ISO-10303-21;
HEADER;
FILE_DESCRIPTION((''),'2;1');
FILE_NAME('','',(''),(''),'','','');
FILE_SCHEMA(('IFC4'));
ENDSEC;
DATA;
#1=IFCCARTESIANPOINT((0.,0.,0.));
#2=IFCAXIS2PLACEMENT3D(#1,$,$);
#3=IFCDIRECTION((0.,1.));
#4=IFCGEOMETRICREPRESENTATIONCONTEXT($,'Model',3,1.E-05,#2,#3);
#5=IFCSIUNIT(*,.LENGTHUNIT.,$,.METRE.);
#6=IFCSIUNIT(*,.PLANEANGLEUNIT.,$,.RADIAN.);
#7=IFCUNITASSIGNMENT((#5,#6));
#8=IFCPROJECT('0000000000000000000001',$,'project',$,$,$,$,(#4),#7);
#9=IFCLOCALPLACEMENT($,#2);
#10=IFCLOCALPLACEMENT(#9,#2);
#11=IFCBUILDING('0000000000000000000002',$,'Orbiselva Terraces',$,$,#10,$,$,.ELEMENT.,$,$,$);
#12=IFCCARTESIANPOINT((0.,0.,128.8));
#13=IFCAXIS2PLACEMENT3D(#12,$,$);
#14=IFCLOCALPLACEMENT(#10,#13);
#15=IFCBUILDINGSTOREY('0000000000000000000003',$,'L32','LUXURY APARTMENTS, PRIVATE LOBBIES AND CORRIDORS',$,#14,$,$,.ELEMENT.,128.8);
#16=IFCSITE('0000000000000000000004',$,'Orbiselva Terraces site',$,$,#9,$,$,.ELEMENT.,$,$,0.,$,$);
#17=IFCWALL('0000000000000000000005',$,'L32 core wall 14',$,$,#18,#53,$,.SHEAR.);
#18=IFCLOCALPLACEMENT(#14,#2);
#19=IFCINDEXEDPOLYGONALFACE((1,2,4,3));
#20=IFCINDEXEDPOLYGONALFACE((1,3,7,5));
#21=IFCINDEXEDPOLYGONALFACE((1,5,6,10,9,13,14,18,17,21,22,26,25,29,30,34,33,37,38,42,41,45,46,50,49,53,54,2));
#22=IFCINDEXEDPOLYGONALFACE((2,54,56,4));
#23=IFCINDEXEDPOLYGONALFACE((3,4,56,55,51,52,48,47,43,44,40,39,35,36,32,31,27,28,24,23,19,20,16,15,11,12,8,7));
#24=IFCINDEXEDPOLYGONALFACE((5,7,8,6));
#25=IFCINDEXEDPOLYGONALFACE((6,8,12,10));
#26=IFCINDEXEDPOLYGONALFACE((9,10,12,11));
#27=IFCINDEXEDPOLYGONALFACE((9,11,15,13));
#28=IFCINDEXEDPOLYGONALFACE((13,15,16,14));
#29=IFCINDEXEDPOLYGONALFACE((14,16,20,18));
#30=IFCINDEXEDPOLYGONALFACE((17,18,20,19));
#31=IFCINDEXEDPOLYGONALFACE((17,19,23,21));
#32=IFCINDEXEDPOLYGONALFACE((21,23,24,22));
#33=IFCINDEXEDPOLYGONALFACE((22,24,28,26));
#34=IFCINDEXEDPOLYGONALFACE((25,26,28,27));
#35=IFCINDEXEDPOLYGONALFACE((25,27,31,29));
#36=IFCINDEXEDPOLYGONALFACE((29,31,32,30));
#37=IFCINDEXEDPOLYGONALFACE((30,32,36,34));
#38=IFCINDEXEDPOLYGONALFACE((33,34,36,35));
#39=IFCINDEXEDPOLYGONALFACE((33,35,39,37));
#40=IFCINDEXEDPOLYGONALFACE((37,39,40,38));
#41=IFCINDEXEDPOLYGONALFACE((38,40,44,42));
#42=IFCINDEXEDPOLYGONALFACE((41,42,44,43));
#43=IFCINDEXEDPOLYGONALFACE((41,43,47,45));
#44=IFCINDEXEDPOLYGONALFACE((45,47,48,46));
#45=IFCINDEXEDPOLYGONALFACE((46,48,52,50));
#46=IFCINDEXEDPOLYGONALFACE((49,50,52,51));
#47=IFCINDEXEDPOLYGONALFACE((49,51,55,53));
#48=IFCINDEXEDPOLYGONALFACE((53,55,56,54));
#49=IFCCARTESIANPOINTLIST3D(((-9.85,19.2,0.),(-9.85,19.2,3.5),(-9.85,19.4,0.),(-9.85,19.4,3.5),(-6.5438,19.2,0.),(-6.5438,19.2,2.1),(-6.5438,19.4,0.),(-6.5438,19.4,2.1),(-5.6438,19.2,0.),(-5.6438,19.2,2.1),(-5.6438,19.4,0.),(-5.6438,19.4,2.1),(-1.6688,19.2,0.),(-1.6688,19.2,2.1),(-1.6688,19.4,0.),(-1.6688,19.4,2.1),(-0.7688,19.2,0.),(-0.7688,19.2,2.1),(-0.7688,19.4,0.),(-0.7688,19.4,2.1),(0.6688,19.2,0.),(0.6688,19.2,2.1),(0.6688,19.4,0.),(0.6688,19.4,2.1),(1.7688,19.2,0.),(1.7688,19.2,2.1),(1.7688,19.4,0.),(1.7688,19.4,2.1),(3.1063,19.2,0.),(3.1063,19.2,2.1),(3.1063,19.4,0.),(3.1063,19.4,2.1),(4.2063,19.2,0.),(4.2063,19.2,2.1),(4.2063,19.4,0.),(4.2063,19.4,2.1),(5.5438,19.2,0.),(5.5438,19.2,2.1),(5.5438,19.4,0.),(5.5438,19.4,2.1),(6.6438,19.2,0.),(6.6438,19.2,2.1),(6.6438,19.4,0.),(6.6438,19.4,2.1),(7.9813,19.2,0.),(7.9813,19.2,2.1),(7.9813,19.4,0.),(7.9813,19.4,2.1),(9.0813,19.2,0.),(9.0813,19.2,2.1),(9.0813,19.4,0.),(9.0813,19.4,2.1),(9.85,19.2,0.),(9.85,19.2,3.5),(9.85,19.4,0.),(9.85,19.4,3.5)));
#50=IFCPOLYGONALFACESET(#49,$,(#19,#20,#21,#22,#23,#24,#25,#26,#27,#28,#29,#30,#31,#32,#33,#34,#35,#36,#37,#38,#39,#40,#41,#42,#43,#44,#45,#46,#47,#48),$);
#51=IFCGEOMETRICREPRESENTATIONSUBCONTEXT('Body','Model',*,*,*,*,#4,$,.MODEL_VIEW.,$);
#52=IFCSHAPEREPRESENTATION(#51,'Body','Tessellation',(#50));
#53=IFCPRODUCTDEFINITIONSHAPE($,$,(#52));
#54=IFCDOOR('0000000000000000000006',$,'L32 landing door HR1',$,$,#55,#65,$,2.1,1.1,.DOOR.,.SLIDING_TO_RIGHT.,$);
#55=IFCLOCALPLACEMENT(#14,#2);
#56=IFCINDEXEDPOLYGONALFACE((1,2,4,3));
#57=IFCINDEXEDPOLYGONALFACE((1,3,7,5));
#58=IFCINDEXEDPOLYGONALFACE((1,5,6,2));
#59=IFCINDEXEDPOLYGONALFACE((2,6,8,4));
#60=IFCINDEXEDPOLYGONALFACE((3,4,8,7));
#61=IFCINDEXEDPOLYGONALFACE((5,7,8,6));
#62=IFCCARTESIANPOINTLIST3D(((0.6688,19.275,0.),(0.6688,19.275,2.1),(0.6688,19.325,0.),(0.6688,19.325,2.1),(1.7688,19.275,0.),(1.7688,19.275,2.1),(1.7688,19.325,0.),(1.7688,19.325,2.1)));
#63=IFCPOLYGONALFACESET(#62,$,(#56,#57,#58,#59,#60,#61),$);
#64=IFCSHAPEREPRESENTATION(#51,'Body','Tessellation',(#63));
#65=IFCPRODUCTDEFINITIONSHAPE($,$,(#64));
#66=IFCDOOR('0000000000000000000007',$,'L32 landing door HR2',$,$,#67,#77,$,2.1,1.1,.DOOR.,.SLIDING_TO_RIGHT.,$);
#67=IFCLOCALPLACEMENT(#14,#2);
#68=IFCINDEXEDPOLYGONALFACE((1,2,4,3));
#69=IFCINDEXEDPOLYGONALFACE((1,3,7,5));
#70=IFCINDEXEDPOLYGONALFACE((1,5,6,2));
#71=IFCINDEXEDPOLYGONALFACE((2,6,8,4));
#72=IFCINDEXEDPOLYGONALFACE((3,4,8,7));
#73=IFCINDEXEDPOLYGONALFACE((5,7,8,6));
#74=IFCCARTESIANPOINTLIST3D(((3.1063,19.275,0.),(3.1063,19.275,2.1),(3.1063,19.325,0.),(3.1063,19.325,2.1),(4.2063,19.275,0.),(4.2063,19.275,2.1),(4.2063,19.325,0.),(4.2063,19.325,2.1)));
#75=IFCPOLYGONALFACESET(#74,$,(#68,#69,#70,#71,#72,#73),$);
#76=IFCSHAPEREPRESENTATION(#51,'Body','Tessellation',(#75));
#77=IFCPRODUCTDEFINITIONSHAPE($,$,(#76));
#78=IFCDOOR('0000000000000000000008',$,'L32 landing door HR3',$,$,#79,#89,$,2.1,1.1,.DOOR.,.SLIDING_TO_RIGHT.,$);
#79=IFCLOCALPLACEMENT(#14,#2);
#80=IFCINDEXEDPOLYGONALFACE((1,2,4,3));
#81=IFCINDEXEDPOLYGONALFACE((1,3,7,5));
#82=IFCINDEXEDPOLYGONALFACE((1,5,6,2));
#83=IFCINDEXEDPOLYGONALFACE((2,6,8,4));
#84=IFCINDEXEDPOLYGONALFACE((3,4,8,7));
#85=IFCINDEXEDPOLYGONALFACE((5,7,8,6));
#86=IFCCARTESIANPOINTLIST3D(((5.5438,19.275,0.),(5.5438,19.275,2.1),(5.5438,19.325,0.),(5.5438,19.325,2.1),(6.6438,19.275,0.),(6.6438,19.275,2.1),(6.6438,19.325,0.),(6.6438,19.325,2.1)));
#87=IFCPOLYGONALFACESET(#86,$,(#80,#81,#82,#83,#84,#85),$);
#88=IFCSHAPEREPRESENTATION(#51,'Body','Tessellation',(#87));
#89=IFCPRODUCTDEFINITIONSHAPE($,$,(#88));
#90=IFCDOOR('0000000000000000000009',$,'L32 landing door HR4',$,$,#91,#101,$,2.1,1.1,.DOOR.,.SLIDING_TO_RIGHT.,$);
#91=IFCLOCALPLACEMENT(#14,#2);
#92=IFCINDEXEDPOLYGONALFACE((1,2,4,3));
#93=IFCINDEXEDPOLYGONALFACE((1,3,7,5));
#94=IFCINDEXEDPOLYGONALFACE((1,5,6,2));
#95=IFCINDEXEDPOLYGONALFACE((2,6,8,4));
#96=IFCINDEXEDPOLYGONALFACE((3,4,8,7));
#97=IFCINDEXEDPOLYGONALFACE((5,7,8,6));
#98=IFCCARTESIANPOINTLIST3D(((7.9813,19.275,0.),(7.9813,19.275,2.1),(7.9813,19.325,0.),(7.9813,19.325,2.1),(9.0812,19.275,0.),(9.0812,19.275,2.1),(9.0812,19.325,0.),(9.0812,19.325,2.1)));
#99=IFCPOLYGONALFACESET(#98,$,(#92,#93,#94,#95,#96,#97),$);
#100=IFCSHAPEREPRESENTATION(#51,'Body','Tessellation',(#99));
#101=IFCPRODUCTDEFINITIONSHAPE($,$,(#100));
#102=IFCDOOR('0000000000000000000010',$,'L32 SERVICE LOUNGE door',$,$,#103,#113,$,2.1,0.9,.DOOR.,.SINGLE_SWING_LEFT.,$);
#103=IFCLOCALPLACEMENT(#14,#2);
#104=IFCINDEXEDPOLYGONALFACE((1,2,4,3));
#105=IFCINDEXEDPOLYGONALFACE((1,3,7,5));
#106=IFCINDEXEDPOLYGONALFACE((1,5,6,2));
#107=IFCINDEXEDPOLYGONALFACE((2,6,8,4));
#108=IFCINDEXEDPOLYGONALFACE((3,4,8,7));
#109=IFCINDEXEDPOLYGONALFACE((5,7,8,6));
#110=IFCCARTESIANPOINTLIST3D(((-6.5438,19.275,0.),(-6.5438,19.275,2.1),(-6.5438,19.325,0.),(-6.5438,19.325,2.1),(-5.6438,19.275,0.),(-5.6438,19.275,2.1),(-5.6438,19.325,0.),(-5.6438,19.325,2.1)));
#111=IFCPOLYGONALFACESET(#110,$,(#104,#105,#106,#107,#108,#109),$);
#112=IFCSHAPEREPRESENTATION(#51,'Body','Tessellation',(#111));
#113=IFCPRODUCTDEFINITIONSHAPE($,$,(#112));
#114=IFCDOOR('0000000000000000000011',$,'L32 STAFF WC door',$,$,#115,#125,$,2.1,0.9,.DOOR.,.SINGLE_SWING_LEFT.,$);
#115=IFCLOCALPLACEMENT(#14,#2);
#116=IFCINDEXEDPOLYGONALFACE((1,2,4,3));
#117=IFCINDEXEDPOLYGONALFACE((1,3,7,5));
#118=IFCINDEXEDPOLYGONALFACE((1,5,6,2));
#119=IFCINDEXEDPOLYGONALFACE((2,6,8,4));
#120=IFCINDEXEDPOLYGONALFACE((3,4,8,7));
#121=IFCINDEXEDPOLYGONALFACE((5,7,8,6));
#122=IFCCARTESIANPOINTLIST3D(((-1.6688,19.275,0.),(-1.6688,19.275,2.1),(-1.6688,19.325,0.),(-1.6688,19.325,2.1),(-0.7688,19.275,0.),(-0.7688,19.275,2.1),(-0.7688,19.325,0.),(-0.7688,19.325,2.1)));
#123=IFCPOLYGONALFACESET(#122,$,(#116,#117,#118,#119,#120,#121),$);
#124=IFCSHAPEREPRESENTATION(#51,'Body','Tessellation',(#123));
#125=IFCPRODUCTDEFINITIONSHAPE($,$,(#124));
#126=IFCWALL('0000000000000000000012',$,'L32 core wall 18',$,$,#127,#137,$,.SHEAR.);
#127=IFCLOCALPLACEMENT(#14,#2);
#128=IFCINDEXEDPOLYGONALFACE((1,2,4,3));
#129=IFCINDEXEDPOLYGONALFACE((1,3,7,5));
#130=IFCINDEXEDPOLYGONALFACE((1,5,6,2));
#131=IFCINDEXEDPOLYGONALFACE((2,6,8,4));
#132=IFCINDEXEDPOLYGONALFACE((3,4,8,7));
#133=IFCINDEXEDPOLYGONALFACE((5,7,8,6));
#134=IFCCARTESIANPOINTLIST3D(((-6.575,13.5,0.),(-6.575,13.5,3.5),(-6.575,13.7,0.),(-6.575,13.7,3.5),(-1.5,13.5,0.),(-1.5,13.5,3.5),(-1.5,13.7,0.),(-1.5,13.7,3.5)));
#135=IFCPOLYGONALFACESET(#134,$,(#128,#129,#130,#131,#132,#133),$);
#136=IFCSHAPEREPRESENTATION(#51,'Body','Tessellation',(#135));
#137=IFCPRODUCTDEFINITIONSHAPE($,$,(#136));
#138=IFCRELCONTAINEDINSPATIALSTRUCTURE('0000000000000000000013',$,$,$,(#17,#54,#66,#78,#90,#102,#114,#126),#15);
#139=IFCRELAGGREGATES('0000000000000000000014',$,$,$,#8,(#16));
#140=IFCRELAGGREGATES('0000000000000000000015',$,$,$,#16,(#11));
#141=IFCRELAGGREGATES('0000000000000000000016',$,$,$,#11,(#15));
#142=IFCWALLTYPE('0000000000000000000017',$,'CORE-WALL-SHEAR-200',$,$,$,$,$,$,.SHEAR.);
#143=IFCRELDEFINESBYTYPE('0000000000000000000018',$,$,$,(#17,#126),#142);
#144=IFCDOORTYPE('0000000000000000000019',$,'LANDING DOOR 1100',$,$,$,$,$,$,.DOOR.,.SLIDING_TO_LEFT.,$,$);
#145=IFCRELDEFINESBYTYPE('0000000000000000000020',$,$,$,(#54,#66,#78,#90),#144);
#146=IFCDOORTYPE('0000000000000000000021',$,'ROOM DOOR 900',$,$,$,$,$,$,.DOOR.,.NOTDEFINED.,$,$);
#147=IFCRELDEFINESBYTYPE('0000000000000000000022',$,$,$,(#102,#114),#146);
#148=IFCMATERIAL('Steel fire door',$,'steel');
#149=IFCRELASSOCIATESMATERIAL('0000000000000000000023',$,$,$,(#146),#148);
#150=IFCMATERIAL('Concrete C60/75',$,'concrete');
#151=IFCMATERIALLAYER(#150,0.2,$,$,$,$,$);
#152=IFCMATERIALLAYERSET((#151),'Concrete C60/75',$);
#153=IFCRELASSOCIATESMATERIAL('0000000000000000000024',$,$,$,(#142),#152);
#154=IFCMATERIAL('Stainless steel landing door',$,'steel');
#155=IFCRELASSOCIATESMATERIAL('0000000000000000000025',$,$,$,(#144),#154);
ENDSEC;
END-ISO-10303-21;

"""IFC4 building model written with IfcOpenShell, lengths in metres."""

from ifc_helpers import new_model, si_unit, direction, frame, frame_2d, origin, place, context, subcontext, project, spatial, rectangle, extrude, material, layer, layer_set, type_object, element, fill, save


model = new_model("IFC4")

# Units and contexts
model_context = context("Model", 3, precision=1e-05, world=origin(), true_north=direction((0.0, 1.0)))
body_context = subcontext(model_context, "Body", "Model", "MODEL_VIEW")
ifc_project = project(units=[si_unit("LENGTHUNIT", "METRE"), si_unit("PLANEANGLEUNIT", "RADIAN")], contexts=[model_context])

# Site, building, storey
site_placement = place(None, origin())
site = spatial("IfcSite", under=ifc_project, at=site_placement, Name="Orbiselva Terraces site", CompositionType="ELEMENT", RefElevation=0.0)
building_placement = place(site_placement, origin())
building = spatial("IfcBuilding", under=site, at=building_placement, Name="Orbiselva Terraces", CompositionType="ELEMENT")
storey_placement = place(building_placement, frame((0.0, 0.0, 128.8)))
storey = spatial("IfcBuildingStorey", under=building, at=storey_placement, Name="L32", Description="LUXURY APARTMENTS, PRIVATE LOBBIES AND CORRIDORS", CompositionType="ELEMENT", Elevation=128.8)

# Shared definitions
ifc_material_1 = material(Name="Steel fire door", Category="steel")
door_type_1 = type_object("IfcDoorType", Name="ROOM DOOR 900", OperationType="NOTDEFINED", PredefinedType="DOOR", material=ifc_material_1)

# Shared definitions
ifc_material_2 = material(Name="Concrete C60/75", Category="concrete")
ifc_layer_1 = layer(ifc_material_2, 0.2)
ifc_layer_set_1 = layer_set([ifc_layer_1], Name="Concrete C60/75")
wall_type_1 = type_object("IfcWallType", Name="CORE-WALL-SHEAR-200", PredefinedType="SHEAR", material=ifc_layer_set_1)

# Wall, openings, doors
wall_1_placement = place(storey_placement, frame((-9.85, 19.3, 0.0), z_axis=(0.0, 0.0, 1.0), x_axis=(1.0, 0.0, 0.0)))
wall_1 = element("IfcWall", 1, at=wall_1_placement, inside=storey, type_object=wall_type_1, Name="L32 core wall 14", PredefinedType="SHEAR", context=body_context, shape_type="SweptSolid", body=[
    extrude(rectangle(XDim=19.7, YDim=0.2, at=frame_2d((9.85, 0.0))), origin(), (0.0, 0.0, 1.0), 3.5),
])
opening_1_placement = place(wall_1_placement, frame((10.5188, 0.0, 0.0)))
opening_1 = element("IfcOpeningElement", 2, at=opening_1_placement, cuts=wall_1, PredefinedType="OPENING", context=body_context, shape_type="SweptSolid", body=[
    extrude(rectangle(XDim=1.1, YDim=2.1, at=frame_2d((0.55, 1.05))), frame((0.0, 0.11, 0.0), z_axis=(0.0, -1.0, 0.0), x_axis=(1.0, 0.0, 0.0)), (0.0, 0.0, 1.0), 0.22),
])
opening_2_placement = place(wall_1_placement, frame((12.9563, 0.0, 0.0)))
opening_2 = element("IfcOpeningElement", 3, at=opening_2_placement, cuts=wall_1, PredefinedType="OPENING", context=body_context, shape_type="SweptSolid", body=[
    extrude(rectangle(XDim=1.1, YDim=2.1, at=frame_2d((0.55, 1.05))), frame((0.0, 0.11, 0.0), z_axis=(0.0, -1.0, 0.0), x_axis=(1.0, 0.0, 0.0)), (0.0, 0.0, 1.0), 0.22),
])
opening_3_placement = place(wall_1_placement, frame((15.3938, 0.0, 0.0)))
opening_3 = element("IfcOpeningElement", 4, at=opening_3_placement, cuts=wall_1, PredefinedType="OPENING", context=body_context, shape_type="SweptSolid", body=[
    extrude(rectangle(XDim=1.1, YDim=2.1, at=frame_2d((0.55, 1.05))), frame((0.0, 0.11, 0.0), z_axis=(0.0, -1.0, 0.0), x_axis=(1.0, 0.0, 0.0)), (0.0, 0.0, 1.0), 0.22),
])
opening_4_placement = place(wall_1_placement, frame((17.8313, 0.0, 0.0)))
opening_4 = element("IfcOpeningElement", 5, at=opening_4_placement, cuts=wall_1, PredefinedType="OPENING", context=body_context, shape_type="SweptSolid", body=[
    extrude(rectangle(XDim=1.1, YDim=2.1, at=frame_2d((0.55, 1.05))), frame((0.0, 0.11, 0.0), z_axis=(0.0, -1.0, 0.0), x_axis=(1.0, 0.0, 0.0)), (0.0, 0.0, 1.0), 0.22),
])
opening_5_placement = place(wall_1_placement, frame((3.3062, 0.0, 0.0)))
opening_5 = element("IfcOpeningElement", 6, at=opening_5_placement, cuts=wall_1, PredefinedType="OPENING", context=body_context, shape_type="SweptSolid", body=[
    extrude(rectangle(XDim=0.9, YDim=2.1, at=frame_2d((0.45, 1.05))), frame((0.0, 0.11, 0.0), z_axis=(0.0, -1.0, 0.0), x_axis=(1.0, 0.0, 0.0)), (0.0, 0.0, 1.0), 0.22),
])
opening_6_placement = place(wall_1_placement, frame((8.1812, 0.0, 0.0)))
opening_6 = element("IfcOpeningElement", 7, at=opening_6_placement, cuts=wall_1, PredefinedType="OPENING", context=body_context, shape_type="SweptSolid", body=[
    extrude(rectangle(XDim=0.9, YDim=2.1, at=frame_2d((0.45, 1.05))), frame((0.0, 0.11, 0.0), z_axis=(0.0, -1.0, 0.0), x_axis=(1.0, 0.0, 0.0)), (0.0, 0.0, 1.0), 0.22),
])
ifc_material_3 = material(Name="Stainless steel landing door", Category="steel")
door_type_2 = type_object("IfcDoorType", Name="LANDING DOOR 1100", OperationType="SLIDING_TO_LEFT", PredefinedType="DOOR", material=ifc_material_3)
door_1_placement = place(opening_1_placement, origin())
door_1 = element("IfcDoor", 8, at=door_1_placement, inside=storey, type_object=door_type_2, Name="L32 landing door HR1", OperationType="SLIDING_TO_RIGHT", OverallHeight=2.1, OverallWidth=1.1, PredefinedType="DOOR", context=body_context, shape_type="SweptSolid", body=[
    extrude(rectangle(XDim=1.1, YDim=2.1, at=frame_2d((0.55, 1.05))), frame((0.0, 0.025, 0.0), z_axis=(0.0, -1.0, 0.0), x_axis=(1.0, 0.0, 0.0)), (0.0, 0.0, 1.0), 0.05),
])
fill(opening_1, door_1)
door_2_placement = place(opening_2_placement, origin())
door_2 = element("IfcDoor", 9, at=door_2_placement, inside=storey, type_object=door_type_2, Name="L32 landing door HR2", OperationType="SLIDING_TO_RIGHT", OverallHeight=2.1, OverallWidth=1.1, PredefinedType="DOOR", context=body_context, shape_type="SweptSolid", body=[
    extrude(rectangle(XDim=1.1, YDim=2.1, at=frame_2d((0.55, 1.05))), frame((0.0, 0.025, 0.0), z_axis=(0.0, -1.0, 0.0), x_axis=(1.0, 0.0, 0.0)), (0.0, 0.0, 1.0), 0.05),
])
fill(opening_2, door_2)
door_3_placement = place(opening_3_placement, origin())
door_3 = element("IfcDoor", 10, at=door_3_placement, inside=storey, type_object=door_type_2, Name="L32 landing door HR3", OperationType="SLIDING_TO_RIGHT", OverallHeight=2.1, OverallWidth=1.1, PredefinedType="DOOR", context=body_context, shape_type="SweptSolid", body=[
    extrude(rectangle(XDim=1.1, YDim=2.1, at=frame_2d((0.55, 1.05))), frame((0.0, 0.025, 0.0), z_axis=(0.0, -1.0, 0.0), x_axis=(1.0, 0.0, 0.0)), (0.0, 0.0, 1.0), 0.05),
])
fill(opening_3, door_3)
door_4_placement = place(opening_4_placement, origin())
door_4 = element("IfcDoor", 11, at=door_4_placement, inside=storey, type_object=door_type_2, Name="L32 landing door HR4", OperationType="SLIDING_TO_RIGHT", OverallHeight=2.1, OverallWidth=1.1, PredefinedType="DOOR", context=body_context, shape_type="SweptSolid", body=[
    extrude(rectangle(XDim=1.1, YDim=2.1, at=frame_2d((0.55, 1.05))), frame((0.0, 0.025, 0.0), z_axis=(0.0, -1.0, 0.0), x_axis=(1.0, 0.0, 0.0)), (0.0, 0.0, 1.0), 0.05),
])
fill(opening_4, door_4)
door_5_placement = place(opening_5_placement, origin())
door_5 = element("IfcDoor", 12, at=door_5_placement, inside=storey, type_object=door_type_1, Name="L32 SERVICE LOUNGE door", OperationType="SINGLE_SWING_LEFT", OverallHeight=2.1, OverallWidth=0.9, PredefinedType="DOOR", context=body_context, shape_type="SweptSolid", body=[
    extrude(rectangle(XDim=0.9, YDim=2.1, at=frame_2d((0.45, 1.05))), frame((0.0, 0.025, 0.0), z_axis=(0.0, -1.0, 0.0), x_axis=(1.0, 0.0, 0.0)), (0.0, 0.0, 1.0), 0.05),
])
fill(opening_5, door_5)
door_6_placement = place(opening_6_placement, origin())
door_6 = element("IfcDoor", 13, at=door_6_placement, inside=storey, type_object=door_type_1, Name="L32 STAFF WC door", OperationType="SINGLE_SWING_LEFT", OverallHeight=2.1, OverallWidth=0.9, PredefinedType="DOOR", context=body_context, shape_type="SweptSolid", body=[
    extrude(rectangle(XDim=0.9, YDim=2.1, at=frame_2d((0.45, 1.05))), frame((0.0, 0.025, 0.0), z_axis=(0.0, -1.0, 0.0), x_axis=(1.0, 0.0, 0.0)), (0.0, 0.0, 1.0), 0.05),
])
fill(opening_6, door_6)

# Wall
wall_2_placement = place(storey_placement, frame((-6.575, 13.6, 0.0), z_axis=(0.0, 0.0, 1.0), x_axis=(1.0, 0.0, 0.0)))
element("IfcWall", 14, at=wall_2_placement, inside=storey, type_object=wall_type_1, Name="L32 core wall 18", PredefinedType="SHEAR", context=body_context, shape_type="SweptSolid", body=[
    extrude(rectangle(XDim=5.075, YDim=0.2, at=frame_2d((2.5375, 0.0))), origin(), (0.0, 0.0, 1.0), 3.5),
])

save(model, "model.ifc")
